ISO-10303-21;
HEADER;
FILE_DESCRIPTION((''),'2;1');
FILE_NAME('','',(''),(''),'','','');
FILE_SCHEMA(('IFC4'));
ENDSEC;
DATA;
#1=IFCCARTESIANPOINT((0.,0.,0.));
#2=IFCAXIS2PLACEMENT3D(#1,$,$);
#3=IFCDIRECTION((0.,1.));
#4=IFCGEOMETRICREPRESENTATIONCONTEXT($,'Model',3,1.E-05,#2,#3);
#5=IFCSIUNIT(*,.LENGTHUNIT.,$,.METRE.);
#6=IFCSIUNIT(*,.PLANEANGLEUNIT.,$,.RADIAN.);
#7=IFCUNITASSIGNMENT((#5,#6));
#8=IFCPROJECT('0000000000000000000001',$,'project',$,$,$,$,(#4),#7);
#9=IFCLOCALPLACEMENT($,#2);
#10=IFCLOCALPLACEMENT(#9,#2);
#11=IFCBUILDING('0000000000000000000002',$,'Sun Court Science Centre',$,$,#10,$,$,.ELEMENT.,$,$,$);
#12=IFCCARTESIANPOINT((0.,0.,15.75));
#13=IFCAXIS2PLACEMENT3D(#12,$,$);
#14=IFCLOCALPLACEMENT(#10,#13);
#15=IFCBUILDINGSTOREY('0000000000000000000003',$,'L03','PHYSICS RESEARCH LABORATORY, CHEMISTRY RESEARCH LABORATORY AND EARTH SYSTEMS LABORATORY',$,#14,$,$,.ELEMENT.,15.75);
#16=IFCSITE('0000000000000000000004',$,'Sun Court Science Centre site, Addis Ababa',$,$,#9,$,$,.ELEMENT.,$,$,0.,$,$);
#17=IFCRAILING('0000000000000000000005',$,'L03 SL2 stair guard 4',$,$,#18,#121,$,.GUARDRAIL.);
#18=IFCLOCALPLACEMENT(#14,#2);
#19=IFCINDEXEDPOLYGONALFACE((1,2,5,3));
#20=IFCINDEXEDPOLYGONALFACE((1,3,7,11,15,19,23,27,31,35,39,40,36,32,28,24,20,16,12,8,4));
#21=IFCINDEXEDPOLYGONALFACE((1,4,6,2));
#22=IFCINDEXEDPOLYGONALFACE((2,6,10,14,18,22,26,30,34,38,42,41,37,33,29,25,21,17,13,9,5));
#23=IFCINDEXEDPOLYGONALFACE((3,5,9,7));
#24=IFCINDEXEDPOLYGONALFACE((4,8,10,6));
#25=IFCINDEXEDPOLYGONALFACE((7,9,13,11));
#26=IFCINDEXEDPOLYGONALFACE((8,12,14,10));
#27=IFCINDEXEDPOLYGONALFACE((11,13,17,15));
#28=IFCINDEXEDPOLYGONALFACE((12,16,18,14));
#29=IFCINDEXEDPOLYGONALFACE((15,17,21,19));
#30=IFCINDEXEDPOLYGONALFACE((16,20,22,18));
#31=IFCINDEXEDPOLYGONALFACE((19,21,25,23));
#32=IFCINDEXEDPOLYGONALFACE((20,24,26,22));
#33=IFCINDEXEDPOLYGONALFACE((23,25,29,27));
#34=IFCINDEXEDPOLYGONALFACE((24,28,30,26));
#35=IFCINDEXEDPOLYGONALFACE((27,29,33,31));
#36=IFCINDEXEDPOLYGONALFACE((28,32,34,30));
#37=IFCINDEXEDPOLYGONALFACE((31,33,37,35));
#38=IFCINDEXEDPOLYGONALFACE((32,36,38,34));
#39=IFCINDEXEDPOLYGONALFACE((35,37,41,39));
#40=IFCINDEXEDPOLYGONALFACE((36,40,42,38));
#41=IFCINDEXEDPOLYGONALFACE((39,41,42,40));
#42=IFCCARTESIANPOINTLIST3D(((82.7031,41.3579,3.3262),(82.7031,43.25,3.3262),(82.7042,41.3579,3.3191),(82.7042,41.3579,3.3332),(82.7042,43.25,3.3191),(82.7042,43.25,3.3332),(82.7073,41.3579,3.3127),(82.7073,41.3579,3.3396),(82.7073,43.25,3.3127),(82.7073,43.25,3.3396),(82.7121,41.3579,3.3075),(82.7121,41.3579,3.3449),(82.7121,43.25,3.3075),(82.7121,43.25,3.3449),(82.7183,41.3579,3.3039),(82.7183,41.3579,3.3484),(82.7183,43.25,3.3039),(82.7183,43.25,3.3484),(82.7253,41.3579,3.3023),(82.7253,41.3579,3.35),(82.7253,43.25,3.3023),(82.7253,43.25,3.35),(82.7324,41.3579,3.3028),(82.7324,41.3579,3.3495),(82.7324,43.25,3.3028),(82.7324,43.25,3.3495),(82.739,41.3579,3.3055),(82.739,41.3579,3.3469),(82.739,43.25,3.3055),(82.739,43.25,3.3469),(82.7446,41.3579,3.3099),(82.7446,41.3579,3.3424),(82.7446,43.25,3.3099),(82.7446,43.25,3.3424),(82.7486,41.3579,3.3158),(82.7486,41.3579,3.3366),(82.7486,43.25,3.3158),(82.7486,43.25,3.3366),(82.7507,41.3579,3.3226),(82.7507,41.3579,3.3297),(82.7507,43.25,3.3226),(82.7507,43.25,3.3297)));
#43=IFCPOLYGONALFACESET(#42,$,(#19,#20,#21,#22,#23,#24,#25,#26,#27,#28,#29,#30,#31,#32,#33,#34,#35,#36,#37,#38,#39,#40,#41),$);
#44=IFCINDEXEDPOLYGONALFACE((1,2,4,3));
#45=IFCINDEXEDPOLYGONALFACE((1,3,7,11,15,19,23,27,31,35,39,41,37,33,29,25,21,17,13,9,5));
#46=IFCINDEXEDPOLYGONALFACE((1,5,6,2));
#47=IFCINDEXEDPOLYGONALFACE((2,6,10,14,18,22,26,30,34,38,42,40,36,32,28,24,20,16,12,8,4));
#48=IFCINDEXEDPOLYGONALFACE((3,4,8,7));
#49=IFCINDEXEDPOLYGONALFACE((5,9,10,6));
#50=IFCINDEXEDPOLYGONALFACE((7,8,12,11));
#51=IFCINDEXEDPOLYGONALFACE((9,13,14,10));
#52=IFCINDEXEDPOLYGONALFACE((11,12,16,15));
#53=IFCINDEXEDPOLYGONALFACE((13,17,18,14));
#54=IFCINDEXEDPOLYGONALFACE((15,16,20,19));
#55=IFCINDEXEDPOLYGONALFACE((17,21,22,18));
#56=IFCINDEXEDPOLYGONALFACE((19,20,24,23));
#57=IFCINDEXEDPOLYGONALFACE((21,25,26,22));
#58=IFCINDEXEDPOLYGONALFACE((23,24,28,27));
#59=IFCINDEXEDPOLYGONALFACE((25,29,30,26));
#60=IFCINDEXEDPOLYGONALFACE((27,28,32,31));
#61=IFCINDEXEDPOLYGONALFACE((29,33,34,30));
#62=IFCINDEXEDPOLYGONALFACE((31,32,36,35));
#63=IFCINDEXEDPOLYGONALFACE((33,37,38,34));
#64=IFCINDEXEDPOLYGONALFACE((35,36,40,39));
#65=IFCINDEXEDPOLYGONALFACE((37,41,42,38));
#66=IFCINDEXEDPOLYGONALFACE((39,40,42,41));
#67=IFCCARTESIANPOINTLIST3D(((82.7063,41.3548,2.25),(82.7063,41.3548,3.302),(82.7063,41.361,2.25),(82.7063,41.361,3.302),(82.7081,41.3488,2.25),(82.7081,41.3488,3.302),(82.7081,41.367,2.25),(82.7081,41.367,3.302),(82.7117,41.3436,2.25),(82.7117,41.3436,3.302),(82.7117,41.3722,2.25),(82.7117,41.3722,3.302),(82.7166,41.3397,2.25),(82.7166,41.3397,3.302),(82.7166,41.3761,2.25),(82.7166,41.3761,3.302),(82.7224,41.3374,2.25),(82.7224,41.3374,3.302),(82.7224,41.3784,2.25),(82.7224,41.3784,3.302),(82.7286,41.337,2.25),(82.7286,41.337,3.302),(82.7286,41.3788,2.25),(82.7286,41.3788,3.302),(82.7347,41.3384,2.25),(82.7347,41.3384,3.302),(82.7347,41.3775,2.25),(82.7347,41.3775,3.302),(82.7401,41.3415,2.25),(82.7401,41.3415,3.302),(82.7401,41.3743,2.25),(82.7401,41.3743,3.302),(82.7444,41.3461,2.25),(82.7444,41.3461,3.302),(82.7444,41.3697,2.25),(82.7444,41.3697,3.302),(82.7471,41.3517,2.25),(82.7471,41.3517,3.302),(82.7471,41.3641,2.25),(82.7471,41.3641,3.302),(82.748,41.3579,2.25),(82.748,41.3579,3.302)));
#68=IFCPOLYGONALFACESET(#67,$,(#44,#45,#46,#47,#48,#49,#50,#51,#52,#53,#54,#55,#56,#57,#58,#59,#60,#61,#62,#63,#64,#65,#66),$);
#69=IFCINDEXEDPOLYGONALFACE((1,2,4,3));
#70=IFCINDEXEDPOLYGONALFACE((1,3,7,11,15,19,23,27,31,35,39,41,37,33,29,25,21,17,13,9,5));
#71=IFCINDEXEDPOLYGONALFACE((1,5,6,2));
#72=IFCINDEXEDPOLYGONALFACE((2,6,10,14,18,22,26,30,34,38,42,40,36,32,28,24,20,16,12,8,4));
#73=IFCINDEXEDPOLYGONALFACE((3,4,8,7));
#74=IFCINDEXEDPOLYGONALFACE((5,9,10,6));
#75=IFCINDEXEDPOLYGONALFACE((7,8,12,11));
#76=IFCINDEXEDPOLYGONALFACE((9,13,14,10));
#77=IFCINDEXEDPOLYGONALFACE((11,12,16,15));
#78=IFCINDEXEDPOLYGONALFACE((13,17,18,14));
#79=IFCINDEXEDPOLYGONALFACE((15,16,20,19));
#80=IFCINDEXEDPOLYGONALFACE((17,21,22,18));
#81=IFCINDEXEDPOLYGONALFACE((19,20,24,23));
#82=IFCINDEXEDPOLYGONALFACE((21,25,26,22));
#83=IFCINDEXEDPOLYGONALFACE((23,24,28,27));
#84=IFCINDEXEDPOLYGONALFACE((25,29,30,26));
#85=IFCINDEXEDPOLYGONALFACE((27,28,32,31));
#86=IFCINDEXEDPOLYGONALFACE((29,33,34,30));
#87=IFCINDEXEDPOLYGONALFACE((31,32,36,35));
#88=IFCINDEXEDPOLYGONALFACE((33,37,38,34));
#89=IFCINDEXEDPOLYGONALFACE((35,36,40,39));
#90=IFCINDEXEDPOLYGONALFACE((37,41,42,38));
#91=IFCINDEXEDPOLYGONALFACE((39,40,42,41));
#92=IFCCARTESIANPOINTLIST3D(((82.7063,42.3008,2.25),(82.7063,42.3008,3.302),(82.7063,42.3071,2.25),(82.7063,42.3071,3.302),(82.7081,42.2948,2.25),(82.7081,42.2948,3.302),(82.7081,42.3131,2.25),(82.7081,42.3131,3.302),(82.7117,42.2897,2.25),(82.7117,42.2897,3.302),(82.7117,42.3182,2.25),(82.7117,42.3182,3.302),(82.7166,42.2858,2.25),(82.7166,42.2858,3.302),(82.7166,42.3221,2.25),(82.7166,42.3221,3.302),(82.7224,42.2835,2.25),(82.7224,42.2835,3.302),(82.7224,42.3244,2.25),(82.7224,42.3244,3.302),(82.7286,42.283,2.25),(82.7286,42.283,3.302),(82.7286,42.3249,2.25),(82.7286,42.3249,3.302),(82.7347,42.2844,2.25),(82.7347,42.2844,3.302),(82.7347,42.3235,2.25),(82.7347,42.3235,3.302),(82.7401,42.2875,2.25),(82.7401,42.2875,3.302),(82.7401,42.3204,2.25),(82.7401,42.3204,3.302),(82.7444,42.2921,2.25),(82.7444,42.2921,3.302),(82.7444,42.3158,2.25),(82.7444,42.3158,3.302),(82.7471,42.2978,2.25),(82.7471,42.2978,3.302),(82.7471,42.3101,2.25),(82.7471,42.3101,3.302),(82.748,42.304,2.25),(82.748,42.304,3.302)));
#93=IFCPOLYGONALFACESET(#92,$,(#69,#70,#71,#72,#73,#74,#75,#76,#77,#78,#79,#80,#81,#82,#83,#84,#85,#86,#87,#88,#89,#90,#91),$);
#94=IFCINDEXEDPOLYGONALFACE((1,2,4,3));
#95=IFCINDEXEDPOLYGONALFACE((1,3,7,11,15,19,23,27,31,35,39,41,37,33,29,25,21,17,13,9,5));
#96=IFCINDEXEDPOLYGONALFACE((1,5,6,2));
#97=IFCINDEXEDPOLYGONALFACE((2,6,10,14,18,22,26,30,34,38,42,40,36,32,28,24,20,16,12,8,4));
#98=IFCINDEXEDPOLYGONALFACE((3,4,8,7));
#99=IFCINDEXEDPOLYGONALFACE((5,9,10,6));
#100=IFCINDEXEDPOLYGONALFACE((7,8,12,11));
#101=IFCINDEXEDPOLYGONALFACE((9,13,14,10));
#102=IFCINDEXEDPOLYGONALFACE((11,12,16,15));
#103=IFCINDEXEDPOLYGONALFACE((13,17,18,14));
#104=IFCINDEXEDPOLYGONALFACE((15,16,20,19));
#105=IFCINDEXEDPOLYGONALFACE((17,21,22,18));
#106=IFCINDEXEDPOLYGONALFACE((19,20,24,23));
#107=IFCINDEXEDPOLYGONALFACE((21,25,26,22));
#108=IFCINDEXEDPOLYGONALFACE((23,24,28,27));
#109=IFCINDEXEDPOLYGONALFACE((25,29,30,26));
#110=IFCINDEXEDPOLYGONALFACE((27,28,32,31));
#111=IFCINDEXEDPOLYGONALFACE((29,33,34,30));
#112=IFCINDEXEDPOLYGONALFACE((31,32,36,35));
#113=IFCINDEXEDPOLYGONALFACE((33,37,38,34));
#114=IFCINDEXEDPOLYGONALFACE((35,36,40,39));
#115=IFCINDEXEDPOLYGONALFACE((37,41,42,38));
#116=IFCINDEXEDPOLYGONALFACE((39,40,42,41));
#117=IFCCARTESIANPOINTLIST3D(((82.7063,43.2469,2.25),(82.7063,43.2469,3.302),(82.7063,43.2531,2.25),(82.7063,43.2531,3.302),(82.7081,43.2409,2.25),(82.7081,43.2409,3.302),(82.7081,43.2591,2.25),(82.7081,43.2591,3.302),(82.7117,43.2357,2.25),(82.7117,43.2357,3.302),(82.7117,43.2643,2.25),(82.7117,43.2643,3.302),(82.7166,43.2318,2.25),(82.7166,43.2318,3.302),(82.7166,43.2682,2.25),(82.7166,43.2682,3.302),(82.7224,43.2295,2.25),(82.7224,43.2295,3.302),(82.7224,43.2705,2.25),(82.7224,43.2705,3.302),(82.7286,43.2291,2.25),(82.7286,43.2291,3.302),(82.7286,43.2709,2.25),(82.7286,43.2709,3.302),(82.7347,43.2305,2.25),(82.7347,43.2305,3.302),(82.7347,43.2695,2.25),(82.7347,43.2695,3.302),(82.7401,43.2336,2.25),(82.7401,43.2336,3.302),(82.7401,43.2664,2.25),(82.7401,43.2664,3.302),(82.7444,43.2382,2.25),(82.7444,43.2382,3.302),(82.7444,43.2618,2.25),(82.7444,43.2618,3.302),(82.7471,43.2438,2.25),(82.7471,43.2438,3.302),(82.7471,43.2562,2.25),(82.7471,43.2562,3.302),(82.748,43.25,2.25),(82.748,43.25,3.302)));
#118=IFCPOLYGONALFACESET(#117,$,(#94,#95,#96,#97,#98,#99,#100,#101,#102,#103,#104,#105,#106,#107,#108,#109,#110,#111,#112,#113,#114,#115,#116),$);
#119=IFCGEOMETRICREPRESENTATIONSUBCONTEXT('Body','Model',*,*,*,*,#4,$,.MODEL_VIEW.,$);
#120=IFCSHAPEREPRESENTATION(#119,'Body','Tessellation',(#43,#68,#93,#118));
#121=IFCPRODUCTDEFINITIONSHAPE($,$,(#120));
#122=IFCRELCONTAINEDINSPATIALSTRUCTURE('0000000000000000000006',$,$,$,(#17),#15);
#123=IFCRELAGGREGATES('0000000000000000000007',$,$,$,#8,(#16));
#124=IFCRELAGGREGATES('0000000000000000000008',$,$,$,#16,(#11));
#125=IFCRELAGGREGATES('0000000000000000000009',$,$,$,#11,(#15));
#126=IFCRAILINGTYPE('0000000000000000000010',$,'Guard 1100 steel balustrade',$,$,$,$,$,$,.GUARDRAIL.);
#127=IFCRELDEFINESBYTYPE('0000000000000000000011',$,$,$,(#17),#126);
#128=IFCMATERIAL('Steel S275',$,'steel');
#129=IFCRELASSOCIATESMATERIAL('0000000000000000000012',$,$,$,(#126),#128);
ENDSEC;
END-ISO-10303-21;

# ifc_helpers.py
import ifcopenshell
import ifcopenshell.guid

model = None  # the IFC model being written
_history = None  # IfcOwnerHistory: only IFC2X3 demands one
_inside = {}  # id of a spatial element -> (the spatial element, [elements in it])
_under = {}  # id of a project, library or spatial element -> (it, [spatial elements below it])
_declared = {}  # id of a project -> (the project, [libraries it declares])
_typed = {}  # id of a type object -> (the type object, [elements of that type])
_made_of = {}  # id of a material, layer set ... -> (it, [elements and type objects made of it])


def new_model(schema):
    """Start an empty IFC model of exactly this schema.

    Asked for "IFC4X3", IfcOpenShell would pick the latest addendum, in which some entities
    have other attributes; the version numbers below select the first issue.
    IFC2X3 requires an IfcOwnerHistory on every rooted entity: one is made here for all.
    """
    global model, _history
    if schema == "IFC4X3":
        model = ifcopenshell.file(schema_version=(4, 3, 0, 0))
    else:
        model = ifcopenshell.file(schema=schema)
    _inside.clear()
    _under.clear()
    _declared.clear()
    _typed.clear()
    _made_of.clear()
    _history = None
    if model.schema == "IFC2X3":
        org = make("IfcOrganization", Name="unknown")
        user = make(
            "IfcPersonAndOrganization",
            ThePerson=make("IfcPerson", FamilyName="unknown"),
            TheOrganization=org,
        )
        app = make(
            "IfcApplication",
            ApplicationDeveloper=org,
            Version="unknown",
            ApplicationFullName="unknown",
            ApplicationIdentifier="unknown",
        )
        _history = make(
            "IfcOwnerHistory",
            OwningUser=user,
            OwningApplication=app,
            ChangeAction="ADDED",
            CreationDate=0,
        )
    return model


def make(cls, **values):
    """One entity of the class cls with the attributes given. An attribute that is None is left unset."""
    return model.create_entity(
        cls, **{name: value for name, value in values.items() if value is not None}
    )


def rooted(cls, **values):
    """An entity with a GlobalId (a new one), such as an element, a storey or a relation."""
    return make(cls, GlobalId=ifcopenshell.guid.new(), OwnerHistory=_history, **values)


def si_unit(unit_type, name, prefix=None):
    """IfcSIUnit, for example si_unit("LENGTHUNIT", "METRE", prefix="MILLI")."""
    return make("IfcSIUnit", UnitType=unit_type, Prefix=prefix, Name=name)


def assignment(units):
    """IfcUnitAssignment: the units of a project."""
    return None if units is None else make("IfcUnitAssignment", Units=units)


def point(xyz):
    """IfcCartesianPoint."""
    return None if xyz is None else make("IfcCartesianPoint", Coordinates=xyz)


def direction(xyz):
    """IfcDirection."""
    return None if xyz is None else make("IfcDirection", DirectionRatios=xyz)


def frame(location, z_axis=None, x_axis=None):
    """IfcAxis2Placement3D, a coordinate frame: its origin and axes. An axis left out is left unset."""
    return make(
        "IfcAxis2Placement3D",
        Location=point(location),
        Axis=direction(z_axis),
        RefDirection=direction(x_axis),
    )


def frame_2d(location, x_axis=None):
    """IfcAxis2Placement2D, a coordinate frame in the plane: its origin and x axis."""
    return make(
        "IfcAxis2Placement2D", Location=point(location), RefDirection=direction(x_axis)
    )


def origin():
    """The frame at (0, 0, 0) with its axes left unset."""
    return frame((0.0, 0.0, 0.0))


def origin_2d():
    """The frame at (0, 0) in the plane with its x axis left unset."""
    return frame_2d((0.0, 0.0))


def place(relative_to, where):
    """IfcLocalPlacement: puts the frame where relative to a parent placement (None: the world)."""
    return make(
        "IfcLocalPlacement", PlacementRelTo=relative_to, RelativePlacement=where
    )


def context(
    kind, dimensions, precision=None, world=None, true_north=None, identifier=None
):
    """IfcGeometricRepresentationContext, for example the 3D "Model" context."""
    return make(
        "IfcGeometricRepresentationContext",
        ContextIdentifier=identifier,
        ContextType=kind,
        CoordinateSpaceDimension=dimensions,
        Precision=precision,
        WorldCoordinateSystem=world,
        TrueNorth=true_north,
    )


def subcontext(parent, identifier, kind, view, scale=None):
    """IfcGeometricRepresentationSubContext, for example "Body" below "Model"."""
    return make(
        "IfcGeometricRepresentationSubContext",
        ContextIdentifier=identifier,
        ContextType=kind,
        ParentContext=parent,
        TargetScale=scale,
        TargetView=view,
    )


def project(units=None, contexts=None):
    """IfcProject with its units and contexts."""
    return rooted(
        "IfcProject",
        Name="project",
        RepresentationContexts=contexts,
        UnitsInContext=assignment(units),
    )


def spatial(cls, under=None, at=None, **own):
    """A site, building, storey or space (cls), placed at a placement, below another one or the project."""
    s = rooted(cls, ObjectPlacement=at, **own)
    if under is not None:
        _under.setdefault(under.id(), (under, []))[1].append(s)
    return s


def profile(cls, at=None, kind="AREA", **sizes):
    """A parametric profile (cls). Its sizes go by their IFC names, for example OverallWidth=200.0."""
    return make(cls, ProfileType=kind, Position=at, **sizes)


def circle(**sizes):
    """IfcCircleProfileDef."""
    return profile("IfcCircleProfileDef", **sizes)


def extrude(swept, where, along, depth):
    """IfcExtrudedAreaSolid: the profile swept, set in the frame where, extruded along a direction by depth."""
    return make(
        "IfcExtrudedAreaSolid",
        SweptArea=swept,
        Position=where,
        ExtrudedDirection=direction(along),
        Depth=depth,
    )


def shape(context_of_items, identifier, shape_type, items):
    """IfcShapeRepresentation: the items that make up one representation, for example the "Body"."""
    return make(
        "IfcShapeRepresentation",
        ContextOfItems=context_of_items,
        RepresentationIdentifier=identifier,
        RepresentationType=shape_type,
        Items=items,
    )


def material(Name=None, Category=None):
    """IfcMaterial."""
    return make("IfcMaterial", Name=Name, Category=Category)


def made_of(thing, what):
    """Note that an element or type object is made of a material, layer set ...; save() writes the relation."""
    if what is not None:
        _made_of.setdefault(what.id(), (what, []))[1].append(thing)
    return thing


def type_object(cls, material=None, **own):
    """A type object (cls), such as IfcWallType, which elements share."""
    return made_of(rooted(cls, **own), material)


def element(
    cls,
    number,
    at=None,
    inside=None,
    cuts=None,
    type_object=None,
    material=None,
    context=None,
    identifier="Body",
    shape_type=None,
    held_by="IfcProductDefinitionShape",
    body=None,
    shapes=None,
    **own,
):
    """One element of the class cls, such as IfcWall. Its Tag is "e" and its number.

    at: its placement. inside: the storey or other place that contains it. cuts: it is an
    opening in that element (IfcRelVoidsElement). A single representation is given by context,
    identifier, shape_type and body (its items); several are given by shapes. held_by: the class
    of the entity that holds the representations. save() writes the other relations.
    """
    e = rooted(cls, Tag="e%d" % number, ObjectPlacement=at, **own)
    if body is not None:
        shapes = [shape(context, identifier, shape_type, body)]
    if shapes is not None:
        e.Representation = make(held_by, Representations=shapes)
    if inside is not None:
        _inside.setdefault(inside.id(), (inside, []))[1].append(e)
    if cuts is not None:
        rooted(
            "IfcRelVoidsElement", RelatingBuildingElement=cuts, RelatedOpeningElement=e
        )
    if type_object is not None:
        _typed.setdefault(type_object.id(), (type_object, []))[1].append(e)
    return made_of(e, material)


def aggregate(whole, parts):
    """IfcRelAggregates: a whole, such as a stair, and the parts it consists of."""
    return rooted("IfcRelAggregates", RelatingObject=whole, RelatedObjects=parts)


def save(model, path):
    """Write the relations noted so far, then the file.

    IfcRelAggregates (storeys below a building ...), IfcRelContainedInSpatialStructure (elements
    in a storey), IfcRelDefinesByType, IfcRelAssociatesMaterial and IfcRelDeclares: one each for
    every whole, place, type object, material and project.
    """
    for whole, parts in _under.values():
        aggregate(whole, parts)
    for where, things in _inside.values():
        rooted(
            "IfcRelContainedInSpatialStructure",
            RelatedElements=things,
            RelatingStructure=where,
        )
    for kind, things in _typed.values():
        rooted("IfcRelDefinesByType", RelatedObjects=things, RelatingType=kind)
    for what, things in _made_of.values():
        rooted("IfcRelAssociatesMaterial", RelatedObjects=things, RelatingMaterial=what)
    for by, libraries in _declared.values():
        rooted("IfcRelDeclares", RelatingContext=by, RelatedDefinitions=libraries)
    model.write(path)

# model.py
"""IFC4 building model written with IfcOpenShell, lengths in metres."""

from ifc_helpers import new_model, si_unit, direction, frame, origin, origin_2d, place, context, subcontext, project, spatial, circle, extrude, material, type_object, element, save


model = new_model("IFC4")

# Units and contexts
model_context = context("Model", 3, precision=1e-05, world=origin(), true_north=direction((0.0, 1.0)))
body_context = subcontext(model_context, "Body", "Model", "MODEL_VIEW")
ifc_project = project(units=[si_unit("LENGTHUNIT", "METRE"), si_unit("PLANEANGLEUNIT", "RADIAN")], contexts=[model_context])

# Site, building, storey
site_placement = place(None, origin())
site = spatial("IfcSite", under=ifc_project, at=site_placement, Name="Sun Court Science Centre site, Addis Ababa", CompositionType="ELEMENT", RefElevation=0.0)
building_placement = place(site_placement, origin())
building = spatial("IfcBuilding", under=site, at=building_placement, Name="Sun Court Science Centre", CompositionType="ELEMENT")
storey_placement = place(building_placement, frame((0.0, 0.0, 15.75)))
storey = spatial("IfcBuildingStorey", under=building, at=storey_placement, Name="L03", Description="PHYSICS RESEARCH LABORATORY, CHEMISTRY RESEARCH LABORATORY AND EARTH SYSTEMS LABORATORY", CompositionType="ELEMENT", Elevation=15.75)

# Railing
ifc_material_1 = material(Name="Steel S275", Category="steel")
railing_type_1 = type_object("IfcRailingType", Name="Guard 1100 steel balustrade", PredefinedType="GUARDRAIL", material=ifc_material_1)
for number, where, name in (
    (1, (82.7271, 41.3579, 2.25), "L03 SL2 stair guard 4"),
):
    element("IfcRailing", number, at=place(storey_placement, frame(where)), inside=storey, type_object=railing_type_1, Name=name, PredefinedType="GUARDRAIL", context=body_context, shape_type="SweptSolid", body=[
        extrude(circle(Radius=0.0239, at=origin_2d()), frame((0.0, 0.0, 1.0762), z_axis=(0.0, 1.0, 0.0), x_axis=(-1.0, 0.0, 0.0)), (0.0, 0.0, 1.0), 1.8921),
        extrude(circle(Radius=0.021, at=origin_2d()), origin(), (0.0, 0.0, 1.0), 1.052),
        extrude(circle(Radius=0.021, at=origin_2d()), frame((0.0, 0.946, 0.0)), (0.0, 0.0, 1.0), 1.052),
        extrude(circle(Radius=0.021, at=origin_2d()), frame((0.0, 1.8921, 0.0)), (0.0, 0.0, 1.0), 1.052),
    ])

save(model, "model.ifc")
